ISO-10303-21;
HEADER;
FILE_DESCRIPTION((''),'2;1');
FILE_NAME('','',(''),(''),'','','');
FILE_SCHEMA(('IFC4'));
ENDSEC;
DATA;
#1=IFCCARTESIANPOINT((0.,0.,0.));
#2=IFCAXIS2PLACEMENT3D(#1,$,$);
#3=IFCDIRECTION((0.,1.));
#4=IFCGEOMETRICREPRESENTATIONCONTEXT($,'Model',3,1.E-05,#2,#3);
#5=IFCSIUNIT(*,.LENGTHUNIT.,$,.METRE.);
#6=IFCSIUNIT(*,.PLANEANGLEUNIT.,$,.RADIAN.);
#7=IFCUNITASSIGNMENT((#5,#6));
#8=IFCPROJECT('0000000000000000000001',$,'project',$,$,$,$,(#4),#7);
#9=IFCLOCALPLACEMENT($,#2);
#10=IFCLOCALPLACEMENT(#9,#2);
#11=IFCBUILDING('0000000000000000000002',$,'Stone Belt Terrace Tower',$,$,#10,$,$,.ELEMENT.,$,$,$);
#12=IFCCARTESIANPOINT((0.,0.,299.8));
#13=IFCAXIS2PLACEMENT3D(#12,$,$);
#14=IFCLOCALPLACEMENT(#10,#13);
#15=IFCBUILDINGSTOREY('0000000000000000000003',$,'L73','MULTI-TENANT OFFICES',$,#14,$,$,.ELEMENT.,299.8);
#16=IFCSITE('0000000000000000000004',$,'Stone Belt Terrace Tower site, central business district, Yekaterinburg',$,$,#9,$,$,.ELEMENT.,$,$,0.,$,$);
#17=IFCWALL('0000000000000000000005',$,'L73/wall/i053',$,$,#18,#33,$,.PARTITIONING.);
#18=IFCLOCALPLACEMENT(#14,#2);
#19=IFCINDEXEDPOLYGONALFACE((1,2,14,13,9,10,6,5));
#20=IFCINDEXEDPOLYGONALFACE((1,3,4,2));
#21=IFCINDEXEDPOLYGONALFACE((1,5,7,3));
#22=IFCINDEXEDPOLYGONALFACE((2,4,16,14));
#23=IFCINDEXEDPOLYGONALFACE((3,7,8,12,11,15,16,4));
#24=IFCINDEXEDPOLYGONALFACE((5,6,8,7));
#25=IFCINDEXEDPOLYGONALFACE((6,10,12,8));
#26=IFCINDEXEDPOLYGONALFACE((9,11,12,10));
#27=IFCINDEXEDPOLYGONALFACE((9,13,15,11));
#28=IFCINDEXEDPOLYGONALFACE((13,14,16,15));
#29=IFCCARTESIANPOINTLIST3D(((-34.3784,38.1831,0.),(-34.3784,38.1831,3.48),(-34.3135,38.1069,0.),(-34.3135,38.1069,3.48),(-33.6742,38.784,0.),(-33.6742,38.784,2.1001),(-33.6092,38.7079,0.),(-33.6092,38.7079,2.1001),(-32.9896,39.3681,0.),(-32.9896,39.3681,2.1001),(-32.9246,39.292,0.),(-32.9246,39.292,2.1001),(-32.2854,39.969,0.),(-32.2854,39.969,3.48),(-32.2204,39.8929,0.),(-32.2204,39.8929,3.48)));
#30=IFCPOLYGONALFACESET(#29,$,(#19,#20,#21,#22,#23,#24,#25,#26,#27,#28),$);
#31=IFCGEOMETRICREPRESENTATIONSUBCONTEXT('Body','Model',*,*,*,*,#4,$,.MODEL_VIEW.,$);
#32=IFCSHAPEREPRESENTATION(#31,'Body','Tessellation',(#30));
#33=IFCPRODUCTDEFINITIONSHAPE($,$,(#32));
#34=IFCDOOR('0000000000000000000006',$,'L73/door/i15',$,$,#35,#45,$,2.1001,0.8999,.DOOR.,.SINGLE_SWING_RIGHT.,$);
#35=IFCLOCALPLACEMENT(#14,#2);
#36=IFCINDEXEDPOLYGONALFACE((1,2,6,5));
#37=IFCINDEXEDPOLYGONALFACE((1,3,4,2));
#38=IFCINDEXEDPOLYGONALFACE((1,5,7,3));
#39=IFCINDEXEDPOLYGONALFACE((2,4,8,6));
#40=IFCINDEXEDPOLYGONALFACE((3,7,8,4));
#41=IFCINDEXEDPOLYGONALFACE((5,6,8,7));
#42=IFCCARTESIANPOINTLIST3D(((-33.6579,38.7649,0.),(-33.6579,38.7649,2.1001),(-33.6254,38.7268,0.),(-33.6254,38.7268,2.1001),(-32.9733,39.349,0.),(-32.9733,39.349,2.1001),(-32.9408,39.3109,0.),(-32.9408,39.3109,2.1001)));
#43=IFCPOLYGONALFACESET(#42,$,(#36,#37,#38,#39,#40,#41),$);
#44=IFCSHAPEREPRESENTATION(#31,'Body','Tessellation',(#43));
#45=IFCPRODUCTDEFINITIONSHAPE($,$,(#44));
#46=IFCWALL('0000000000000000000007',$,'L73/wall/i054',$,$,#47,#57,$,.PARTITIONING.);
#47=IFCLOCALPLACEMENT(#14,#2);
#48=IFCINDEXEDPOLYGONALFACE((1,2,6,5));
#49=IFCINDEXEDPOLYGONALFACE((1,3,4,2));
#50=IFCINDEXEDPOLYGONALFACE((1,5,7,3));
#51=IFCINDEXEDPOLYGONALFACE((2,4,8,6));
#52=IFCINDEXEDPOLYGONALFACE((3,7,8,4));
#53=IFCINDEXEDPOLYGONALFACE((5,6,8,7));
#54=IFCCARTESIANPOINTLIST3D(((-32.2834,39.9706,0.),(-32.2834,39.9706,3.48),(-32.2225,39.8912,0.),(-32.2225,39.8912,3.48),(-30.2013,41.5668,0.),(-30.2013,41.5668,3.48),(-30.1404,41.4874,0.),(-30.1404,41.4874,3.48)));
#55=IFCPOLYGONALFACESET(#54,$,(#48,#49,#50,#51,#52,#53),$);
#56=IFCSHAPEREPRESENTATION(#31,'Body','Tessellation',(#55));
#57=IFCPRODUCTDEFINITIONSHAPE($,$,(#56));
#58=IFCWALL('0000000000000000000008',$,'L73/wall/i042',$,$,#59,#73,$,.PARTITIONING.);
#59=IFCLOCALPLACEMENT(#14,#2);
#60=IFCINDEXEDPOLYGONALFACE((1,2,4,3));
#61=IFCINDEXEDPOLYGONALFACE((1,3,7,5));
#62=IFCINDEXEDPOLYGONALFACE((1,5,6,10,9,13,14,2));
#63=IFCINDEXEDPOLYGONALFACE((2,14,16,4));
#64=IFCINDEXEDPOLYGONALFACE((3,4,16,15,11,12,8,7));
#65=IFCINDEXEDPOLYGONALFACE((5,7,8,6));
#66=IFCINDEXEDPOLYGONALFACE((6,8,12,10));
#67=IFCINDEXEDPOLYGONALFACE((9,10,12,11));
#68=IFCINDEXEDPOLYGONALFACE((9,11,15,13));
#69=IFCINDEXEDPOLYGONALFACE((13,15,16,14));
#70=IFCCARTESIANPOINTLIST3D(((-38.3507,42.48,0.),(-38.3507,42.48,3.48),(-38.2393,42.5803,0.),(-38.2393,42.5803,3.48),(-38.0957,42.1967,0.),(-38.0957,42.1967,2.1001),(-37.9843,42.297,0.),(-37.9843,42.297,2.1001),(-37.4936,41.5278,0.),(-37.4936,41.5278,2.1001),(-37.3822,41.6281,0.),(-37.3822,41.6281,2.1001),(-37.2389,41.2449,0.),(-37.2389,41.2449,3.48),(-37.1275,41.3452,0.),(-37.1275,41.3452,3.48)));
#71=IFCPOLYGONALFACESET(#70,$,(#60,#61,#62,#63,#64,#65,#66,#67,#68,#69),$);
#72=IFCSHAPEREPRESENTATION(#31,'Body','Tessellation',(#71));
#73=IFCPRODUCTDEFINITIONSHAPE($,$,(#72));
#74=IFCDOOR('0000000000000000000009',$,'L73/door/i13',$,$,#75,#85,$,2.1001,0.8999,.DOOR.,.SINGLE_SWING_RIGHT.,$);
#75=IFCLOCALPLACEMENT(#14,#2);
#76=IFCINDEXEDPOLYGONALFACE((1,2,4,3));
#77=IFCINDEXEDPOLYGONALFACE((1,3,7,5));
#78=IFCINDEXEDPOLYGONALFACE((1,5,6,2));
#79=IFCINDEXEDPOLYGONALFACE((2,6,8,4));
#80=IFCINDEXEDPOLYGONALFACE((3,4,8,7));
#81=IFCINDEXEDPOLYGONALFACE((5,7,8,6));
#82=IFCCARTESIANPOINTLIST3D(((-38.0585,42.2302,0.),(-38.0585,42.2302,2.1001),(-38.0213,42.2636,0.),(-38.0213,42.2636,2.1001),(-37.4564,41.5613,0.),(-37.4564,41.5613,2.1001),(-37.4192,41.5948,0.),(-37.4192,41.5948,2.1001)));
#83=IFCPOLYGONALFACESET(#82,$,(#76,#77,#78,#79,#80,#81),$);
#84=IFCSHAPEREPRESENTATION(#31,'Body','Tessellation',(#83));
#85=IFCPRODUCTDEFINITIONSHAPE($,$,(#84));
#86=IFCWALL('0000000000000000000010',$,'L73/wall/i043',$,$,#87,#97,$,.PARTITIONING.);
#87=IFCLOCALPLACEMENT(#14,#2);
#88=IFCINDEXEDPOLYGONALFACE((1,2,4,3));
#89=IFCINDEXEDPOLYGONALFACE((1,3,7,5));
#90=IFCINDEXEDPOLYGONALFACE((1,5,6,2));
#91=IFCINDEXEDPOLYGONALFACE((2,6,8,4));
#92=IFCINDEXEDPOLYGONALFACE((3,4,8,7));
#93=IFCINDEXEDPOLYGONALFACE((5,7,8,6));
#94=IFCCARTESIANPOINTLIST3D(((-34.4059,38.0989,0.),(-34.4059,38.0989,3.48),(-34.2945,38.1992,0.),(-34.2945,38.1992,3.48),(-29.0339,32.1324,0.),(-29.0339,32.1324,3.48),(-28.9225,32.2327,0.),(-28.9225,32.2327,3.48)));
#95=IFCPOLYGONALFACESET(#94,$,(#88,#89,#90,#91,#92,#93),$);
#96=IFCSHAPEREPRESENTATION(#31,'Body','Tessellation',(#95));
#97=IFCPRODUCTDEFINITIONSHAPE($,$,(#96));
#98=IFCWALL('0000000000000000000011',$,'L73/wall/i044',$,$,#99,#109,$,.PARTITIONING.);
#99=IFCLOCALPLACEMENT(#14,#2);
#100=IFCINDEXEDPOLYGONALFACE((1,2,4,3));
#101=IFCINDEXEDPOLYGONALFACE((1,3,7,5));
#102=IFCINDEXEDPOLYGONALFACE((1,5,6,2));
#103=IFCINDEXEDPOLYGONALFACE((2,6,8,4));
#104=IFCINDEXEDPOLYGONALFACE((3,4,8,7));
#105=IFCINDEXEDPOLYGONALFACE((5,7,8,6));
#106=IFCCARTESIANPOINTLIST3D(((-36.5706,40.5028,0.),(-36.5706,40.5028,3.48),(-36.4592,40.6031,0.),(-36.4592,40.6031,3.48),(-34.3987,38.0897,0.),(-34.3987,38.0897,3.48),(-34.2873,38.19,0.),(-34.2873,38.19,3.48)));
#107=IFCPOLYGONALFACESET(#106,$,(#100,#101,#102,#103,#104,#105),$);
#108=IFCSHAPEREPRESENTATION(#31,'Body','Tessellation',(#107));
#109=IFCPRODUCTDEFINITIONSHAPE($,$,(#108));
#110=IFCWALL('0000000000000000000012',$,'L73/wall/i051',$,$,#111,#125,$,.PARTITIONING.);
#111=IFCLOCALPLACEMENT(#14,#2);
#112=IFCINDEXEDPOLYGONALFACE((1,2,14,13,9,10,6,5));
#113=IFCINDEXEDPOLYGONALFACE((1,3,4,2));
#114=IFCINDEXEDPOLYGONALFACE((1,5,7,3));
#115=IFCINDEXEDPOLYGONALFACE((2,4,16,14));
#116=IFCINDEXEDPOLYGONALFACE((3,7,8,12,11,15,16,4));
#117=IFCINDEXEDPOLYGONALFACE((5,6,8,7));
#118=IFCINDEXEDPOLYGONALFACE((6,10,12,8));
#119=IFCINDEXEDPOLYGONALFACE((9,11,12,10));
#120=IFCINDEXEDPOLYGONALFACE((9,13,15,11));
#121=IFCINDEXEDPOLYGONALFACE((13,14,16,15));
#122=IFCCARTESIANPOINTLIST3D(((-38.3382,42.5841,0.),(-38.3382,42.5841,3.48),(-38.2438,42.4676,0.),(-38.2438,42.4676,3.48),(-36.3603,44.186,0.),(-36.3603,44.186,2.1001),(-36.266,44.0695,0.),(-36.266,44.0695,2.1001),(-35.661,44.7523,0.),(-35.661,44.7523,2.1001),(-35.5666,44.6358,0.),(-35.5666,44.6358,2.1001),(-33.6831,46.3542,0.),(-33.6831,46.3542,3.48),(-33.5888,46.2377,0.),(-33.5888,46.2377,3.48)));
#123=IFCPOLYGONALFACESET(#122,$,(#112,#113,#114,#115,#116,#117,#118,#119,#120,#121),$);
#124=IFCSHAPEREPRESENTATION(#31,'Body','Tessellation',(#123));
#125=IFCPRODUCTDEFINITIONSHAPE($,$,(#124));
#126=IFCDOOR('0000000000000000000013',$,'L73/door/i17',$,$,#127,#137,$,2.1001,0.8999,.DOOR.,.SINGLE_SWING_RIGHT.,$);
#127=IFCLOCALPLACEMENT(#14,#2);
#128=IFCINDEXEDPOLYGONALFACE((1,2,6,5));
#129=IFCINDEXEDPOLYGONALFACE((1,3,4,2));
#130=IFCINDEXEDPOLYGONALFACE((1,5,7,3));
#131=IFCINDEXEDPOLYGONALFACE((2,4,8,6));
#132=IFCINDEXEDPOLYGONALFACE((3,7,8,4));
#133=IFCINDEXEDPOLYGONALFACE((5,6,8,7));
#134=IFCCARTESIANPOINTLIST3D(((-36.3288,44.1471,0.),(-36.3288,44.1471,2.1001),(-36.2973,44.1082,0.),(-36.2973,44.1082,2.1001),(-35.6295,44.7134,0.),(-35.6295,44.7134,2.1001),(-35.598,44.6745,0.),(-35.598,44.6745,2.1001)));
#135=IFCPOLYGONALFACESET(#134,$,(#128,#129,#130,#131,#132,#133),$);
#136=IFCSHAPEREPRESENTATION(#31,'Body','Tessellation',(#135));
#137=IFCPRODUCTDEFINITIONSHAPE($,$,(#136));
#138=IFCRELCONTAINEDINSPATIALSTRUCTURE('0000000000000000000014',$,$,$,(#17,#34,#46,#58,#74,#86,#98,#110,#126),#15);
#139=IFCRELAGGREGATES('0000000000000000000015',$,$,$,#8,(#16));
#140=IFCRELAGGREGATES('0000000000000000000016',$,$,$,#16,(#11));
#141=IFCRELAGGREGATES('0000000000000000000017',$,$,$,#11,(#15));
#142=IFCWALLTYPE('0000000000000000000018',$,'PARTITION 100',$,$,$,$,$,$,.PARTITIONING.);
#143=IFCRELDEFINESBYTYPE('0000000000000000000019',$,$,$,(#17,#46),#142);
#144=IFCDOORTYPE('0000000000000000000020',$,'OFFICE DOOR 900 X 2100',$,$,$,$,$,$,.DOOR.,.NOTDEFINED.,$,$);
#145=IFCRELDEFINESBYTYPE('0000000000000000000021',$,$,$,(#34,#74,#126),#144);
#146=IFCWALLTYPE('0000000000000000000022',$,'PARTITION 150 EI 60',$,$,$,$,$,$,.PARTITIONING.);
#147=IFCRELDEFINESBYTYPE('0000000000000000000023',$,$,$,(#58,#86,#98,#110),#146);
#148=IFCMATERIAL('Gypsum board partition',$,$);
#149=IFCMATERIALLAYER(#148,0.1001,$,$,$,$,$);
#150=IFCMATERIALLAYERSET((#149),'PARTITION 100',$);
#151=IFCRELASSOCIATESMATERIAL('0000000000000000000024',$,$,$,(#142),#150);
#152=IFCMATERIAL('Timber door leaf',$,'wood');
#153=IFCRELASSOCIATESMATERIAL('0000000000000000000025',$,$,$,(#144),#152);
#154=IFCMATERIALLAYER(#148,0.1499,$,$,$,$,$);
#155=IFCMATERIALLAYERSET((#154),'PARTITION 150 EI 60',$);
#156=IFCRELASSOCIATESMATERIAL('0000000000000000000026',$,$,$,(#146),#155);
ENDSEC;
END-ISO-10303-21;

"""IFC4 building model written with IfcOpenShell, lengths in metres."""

from ifc_helpers import new_model, si_unit, direction, frame, frame_2d, origin, place, context, subcontext, project, spatial, rectangle, extrude, material, layer, layer_set, type_object, element, fill, save


model = new_model("IFC4")

# Units and contexts
model_context = context("Model", 3, precision=1e-05, world=origin(), true_north=direction((0.0, 1.0)))
body_context = subcontext(model_context, "Body", "Model", "MODEL_VIEW")
ifc_project = project(units=[si_unit("LENGTHUNIT", "METRE"), si_unit("PLANEANGLEUNIT", "RADIAN")], contexts=[model_context])

# Site, building, storey
site_placement = place(None, origin())
site = spatial("IfcSite", under=ifc_project, at=site_placement, Name="Stone Belt Terrace Tower site, central business district, Yekaterinburg", CompositionType="ELEMENT", RefElevation=0.0)
building_placement = place(site_placement, origin())
building = spatial("IfcBuilding", under=site, at=building_placement, Name="Stone Belt Terrace Tower", CompositionType="ELEMENT")
storey_placement = place(building_placement, frame((0.0, 0.0, 299.8)))
storey = spatial("IfcBuildingStorey", under=building, at=storey_placement, Name="L73", Description="MULTI-TENANT OFFICES", CompositionType="ELEMENT", Elevation=299.8)

# Wall, opening, door
ifc_material_1 = material(Name="Gypsum board partition")
ifc_layer_1 = layer(ifc_material_1, 0.1001)
ifc_layer_set_1 = layer_set([ifc_layer_1], Name="PARTITION 100")
wall_type_1 = type_object("IfcWallType", Name="PARTITION 100", PredefinedType="PARTITIONING", material=ifc_layer_set_1)
wall_1_placement = place(storey_placement, frame((-34.3459, 38.145, 0.0), z_axis=(0.0, 0.0, 1.0), x_axis=(0.760714, 0.649087, 0.0)))
wall_1 = element("IfcWall", 1, at=wall_1_placement, inside=storey, type_object=wall_type_1, Name="L73/wall/i053", PredefinedType="PARTITIONING", context=body_context, shape_type="SweptSolid", body=[
    extrude(rectangle(XDim=2.7515, YDim=0.1001, at=frame_2d((1.3757, 0.0))), origin(), (0.0, 0.0, 1.0), 3.48),
])
opening_1_placement = place(wall_1_placement, frame((0.9258, 0.0, 0.0)))
opening_1 = element("IfcOpeningElement", 2, at=opening_1_placement, cuts=wall_1, PredefinedType="OPENING", context=body_context, shape_type="SweptSolid", body=[
    extrude(rectangle(XDim=0.8999, YDim=2.1001, at=frame_2d((0.45, 1.05))), frame((0.0, 0.0601, 0.0), z_axis=(0.0, -1.0, 0.0), x_axis=(1.0, 0.0, 0.0)), (0.0, 0.0, 1.0), 0.1201),
])
ifc_material_2 = material(Name="Timber door leaf", Category="wood")
door_type = type_object("IfcDoorType", Name="OFFICE DOOR 900 X 2100", OperationType="NOTDEFINED", PredefinedType="DOOR", material=ifc_material_2)
door_1_placement = place(opening_1_placement, origin())
door_1 = element("IfcDoor", 3, at=door_1_placement, inside=storey, type_object=door_type, Name="L73/door/i15", OperationType="SINGLE_SWING_RIGHT", OverallHeight=2.1001, OverallWidth=0.8999, PredefinedType="DOOR", context=body_context, shape_type="SweptSolid", body=[
    extrude(rectangle(XDim=0.8999, YDim=2.1001, at=frame_2d((0.45, 1.05))), frame((0.0, 0.0249, 0.0), z_axis=(0.0, -1.0, 0.0), x_axis=(1.0, 0.0, 0.0)), (0.0, 0.0, 1.0), 0.05),
])
fill(opening_1, door_1)

# Wall
wall_2_placement = place(storey_placement, frame((-32.2529, 39.9309, 0.0), z_axis=(0.0, 0.0, 1.0), x_axis=(0.793612, 0.608424, 0.0)))
element("IfcWall", 4, at=wall_2_placement, inside=storey, type_object=wall_type_1, Name="L73/wall/i054", PredefinedType="PARTITIONING", context=body_context, shape_type="SweptSolid", body=[
    extrude(rectangle(XDim=2.6235, YDim=0.1001, at=frame_2d((1.3118, 0.0))), origin(), (0.0, 0.0, 1.0), 3.48),
])

# Wall, opening, door
ifc_layer_2 = layer(ifc_material_1, 0.1499)
ifc_layer_set_2 = layer_set([ifc_layer_2], Name="PARTITION 150 EI 60")
wall_type_2 = type_object("IfcWallType", Name="PARTITION 150 EI 60", PredefinedType="PARTITIONING", material=ifc_layer_set_2)
wall_3_placement = place(storey_placement, frame((-37.1831, 41.2949, 0.0), z_axis=(0.0, 0.0, 1.0), x_axis=(-0.669038, 0.743228, 0.0)))
wall_3 = element("IfcWall", 5, at=wall_3_placement, inside=storey, type_object=wall_type_2, Name="L73/wall/i042", PredefinedType="PARTITIONING", context=body_context, shape_type="SweptSolid", body=[
    extrude(rectangle(XDim=1.6619, YDim=0.1499, at=frame_2d((0.8311, 0.0))), origin(), (0.0, 0.0, 1.0), 3.48),
])
opening_2_placement = place(wall_3_placement, frame((0.3809, 0.0, 0.0)))
opening_2 = element("IfcOpeningElement", 6, at=opening_2_placement, cuts=wall_3, PredefinedType="OPENING", context=body_context, shape_type="SweptSolid", body=[
    extrude(rectangle(XDim=0.8999, YDim=2.1001, at=frame_2d((0.45, 1.05))), frame((0.0, 0.085, 0.0), z_axis=(0.0, -1.0, 0.0), x_axis=(1.0, 0.0, 0.0)), (0.0, 0.0, 1.0), 0.1699),
])
door_2_placement = place(opening_2_placement, origin())
door_2 = element("IfcDoor", 7, at=door_2_placement, inside=storey, type_object=door_type, Name="L73/door/i13", OperationType="SINGLE_SWING_RIGHT", OverallHeight=2.1001, OverallWidth=0.8999, PredefinedType="DOOR", context=body_context, shape_type="SweptSolid", body=[
    extrude(rectangle(XDim=0.8999, YDim=2.1001, at=frame_2d((0.45, 1.05))), frame((0.0, 0.0249, 0.0), z_axis=(0.0, -1.0, 0.0), x_axis=(1.0, 0.0, 0.0)), (0.0, 0.0, 1.0), 0.05),
])
fill(opening_2, door_2)

# Walls
wall_4_placement = place(storey_placement, frame((-34.3501, 38.1489, 0.0), z_axis=(0.0, 0.0, 1.0), x_axis=(0.669114, -0.74316, 0.0)))
element("IfcWall", 8, at=wall_4_placement, inside=storey, type_object=wall_type_2, Name="L73/wall/i043", PredefinedType="PARTITIONING", context=body_context, shape_type="SweptSolid", body=[
    extrude(rectangle(XDim=8.0286, YDim=0.1499, at=frame_2d((4.0142, 0.0))), origin(), (0.0, 0.0, 1.0), 3.48),
])
wall_5_placement = place(storey_placement, frame((-36.5149, 40.553, 0.0), z_axis=(0.0, 0.0, 1.0), x_axis=(0.668981, -0.743279, 0.0)))
element("IfcWall", 9, at=wall_5_placement, inside=storey, type_object=wall_type_2, Name="L73/wall/i044", PredefinedType="PARTITIONING", context=body_context, shape_type="SweptSolid", body=[
    extrude(rectangle(XDim=3.2466, YDim=0.1499, at=frame_2d((1.6233, 0.0))), origin(), (0.0, 0.0, 1.0), 3.48),
])

# Wall, opening, door
wall_6_placement = place(storey_placement, frame((-38.291, 42.5259, 0.0), z_axis=(0.0, 0.0, 1.0), x_axis=(0.777109, 0.629366, 0.0)))
wall_6 = element("IfcWall", 10, at=wall_6_placement, inside=storey, type_object=wall_type_2, Name="L73/wall/i051", PredefinedType="PARTITIONING", context=body_context, shape_type="SweptSolid", body=[
    extrude(rectangle(XDim=5.9902, YDim=0.1499, at=frame_2d((2.9951, 0.0))), origin(), (0.0, 0.0, 1.0), 3.48),
])
opening_3_placement = place(wall_6_placement, frame((2.5452, 0.0, 0.0)))
opening_3 = element("IfcOpeningElement", 11, at=opening_3_placement, cuts=wall_6, PredefinedType="OPENING", context=body_context, shape_type="SweptSolid", body=[
    extrude(rectangle(XDim=0.8999, YDim=2.1001, at=frame_2d((0.45, 1.05))), frame((0.0, 0.085, 0.0), z_axis=(0.0, -1.0, 0.0), x_axis=(1.0, 0.0, 0.0)), (0.0, 0.0, 1.0), 0.1699),
])
door_3_placement = place(opening_3_placement, origin())
door_3 = element("IfcDoor", 12, at=door_3_placement, inside=storey, type_object=door_type, Name="L73/door/i17", OperationType="SINGLE_SWING_RIGHT", OverallHeight=2.1001, OverallWidth=0.8999, PredefinedType="DOOR", context=body_context, shape_type="SweptSolid", body=[
    extrude(rectangle(XDim=0.8999, YDim=2.1001, at=frame_2d((0.45, 1.05))), frame((0.0, 0.0249, 0.0), z_axis=(0.0, -1.0, 0.0), x_axis=(1.0, 0.0, 0.0)), (0.0, 0.0, 1.0), 0.05),
])
fill(opening_3, door_3)

save(model, "model.ifc")
